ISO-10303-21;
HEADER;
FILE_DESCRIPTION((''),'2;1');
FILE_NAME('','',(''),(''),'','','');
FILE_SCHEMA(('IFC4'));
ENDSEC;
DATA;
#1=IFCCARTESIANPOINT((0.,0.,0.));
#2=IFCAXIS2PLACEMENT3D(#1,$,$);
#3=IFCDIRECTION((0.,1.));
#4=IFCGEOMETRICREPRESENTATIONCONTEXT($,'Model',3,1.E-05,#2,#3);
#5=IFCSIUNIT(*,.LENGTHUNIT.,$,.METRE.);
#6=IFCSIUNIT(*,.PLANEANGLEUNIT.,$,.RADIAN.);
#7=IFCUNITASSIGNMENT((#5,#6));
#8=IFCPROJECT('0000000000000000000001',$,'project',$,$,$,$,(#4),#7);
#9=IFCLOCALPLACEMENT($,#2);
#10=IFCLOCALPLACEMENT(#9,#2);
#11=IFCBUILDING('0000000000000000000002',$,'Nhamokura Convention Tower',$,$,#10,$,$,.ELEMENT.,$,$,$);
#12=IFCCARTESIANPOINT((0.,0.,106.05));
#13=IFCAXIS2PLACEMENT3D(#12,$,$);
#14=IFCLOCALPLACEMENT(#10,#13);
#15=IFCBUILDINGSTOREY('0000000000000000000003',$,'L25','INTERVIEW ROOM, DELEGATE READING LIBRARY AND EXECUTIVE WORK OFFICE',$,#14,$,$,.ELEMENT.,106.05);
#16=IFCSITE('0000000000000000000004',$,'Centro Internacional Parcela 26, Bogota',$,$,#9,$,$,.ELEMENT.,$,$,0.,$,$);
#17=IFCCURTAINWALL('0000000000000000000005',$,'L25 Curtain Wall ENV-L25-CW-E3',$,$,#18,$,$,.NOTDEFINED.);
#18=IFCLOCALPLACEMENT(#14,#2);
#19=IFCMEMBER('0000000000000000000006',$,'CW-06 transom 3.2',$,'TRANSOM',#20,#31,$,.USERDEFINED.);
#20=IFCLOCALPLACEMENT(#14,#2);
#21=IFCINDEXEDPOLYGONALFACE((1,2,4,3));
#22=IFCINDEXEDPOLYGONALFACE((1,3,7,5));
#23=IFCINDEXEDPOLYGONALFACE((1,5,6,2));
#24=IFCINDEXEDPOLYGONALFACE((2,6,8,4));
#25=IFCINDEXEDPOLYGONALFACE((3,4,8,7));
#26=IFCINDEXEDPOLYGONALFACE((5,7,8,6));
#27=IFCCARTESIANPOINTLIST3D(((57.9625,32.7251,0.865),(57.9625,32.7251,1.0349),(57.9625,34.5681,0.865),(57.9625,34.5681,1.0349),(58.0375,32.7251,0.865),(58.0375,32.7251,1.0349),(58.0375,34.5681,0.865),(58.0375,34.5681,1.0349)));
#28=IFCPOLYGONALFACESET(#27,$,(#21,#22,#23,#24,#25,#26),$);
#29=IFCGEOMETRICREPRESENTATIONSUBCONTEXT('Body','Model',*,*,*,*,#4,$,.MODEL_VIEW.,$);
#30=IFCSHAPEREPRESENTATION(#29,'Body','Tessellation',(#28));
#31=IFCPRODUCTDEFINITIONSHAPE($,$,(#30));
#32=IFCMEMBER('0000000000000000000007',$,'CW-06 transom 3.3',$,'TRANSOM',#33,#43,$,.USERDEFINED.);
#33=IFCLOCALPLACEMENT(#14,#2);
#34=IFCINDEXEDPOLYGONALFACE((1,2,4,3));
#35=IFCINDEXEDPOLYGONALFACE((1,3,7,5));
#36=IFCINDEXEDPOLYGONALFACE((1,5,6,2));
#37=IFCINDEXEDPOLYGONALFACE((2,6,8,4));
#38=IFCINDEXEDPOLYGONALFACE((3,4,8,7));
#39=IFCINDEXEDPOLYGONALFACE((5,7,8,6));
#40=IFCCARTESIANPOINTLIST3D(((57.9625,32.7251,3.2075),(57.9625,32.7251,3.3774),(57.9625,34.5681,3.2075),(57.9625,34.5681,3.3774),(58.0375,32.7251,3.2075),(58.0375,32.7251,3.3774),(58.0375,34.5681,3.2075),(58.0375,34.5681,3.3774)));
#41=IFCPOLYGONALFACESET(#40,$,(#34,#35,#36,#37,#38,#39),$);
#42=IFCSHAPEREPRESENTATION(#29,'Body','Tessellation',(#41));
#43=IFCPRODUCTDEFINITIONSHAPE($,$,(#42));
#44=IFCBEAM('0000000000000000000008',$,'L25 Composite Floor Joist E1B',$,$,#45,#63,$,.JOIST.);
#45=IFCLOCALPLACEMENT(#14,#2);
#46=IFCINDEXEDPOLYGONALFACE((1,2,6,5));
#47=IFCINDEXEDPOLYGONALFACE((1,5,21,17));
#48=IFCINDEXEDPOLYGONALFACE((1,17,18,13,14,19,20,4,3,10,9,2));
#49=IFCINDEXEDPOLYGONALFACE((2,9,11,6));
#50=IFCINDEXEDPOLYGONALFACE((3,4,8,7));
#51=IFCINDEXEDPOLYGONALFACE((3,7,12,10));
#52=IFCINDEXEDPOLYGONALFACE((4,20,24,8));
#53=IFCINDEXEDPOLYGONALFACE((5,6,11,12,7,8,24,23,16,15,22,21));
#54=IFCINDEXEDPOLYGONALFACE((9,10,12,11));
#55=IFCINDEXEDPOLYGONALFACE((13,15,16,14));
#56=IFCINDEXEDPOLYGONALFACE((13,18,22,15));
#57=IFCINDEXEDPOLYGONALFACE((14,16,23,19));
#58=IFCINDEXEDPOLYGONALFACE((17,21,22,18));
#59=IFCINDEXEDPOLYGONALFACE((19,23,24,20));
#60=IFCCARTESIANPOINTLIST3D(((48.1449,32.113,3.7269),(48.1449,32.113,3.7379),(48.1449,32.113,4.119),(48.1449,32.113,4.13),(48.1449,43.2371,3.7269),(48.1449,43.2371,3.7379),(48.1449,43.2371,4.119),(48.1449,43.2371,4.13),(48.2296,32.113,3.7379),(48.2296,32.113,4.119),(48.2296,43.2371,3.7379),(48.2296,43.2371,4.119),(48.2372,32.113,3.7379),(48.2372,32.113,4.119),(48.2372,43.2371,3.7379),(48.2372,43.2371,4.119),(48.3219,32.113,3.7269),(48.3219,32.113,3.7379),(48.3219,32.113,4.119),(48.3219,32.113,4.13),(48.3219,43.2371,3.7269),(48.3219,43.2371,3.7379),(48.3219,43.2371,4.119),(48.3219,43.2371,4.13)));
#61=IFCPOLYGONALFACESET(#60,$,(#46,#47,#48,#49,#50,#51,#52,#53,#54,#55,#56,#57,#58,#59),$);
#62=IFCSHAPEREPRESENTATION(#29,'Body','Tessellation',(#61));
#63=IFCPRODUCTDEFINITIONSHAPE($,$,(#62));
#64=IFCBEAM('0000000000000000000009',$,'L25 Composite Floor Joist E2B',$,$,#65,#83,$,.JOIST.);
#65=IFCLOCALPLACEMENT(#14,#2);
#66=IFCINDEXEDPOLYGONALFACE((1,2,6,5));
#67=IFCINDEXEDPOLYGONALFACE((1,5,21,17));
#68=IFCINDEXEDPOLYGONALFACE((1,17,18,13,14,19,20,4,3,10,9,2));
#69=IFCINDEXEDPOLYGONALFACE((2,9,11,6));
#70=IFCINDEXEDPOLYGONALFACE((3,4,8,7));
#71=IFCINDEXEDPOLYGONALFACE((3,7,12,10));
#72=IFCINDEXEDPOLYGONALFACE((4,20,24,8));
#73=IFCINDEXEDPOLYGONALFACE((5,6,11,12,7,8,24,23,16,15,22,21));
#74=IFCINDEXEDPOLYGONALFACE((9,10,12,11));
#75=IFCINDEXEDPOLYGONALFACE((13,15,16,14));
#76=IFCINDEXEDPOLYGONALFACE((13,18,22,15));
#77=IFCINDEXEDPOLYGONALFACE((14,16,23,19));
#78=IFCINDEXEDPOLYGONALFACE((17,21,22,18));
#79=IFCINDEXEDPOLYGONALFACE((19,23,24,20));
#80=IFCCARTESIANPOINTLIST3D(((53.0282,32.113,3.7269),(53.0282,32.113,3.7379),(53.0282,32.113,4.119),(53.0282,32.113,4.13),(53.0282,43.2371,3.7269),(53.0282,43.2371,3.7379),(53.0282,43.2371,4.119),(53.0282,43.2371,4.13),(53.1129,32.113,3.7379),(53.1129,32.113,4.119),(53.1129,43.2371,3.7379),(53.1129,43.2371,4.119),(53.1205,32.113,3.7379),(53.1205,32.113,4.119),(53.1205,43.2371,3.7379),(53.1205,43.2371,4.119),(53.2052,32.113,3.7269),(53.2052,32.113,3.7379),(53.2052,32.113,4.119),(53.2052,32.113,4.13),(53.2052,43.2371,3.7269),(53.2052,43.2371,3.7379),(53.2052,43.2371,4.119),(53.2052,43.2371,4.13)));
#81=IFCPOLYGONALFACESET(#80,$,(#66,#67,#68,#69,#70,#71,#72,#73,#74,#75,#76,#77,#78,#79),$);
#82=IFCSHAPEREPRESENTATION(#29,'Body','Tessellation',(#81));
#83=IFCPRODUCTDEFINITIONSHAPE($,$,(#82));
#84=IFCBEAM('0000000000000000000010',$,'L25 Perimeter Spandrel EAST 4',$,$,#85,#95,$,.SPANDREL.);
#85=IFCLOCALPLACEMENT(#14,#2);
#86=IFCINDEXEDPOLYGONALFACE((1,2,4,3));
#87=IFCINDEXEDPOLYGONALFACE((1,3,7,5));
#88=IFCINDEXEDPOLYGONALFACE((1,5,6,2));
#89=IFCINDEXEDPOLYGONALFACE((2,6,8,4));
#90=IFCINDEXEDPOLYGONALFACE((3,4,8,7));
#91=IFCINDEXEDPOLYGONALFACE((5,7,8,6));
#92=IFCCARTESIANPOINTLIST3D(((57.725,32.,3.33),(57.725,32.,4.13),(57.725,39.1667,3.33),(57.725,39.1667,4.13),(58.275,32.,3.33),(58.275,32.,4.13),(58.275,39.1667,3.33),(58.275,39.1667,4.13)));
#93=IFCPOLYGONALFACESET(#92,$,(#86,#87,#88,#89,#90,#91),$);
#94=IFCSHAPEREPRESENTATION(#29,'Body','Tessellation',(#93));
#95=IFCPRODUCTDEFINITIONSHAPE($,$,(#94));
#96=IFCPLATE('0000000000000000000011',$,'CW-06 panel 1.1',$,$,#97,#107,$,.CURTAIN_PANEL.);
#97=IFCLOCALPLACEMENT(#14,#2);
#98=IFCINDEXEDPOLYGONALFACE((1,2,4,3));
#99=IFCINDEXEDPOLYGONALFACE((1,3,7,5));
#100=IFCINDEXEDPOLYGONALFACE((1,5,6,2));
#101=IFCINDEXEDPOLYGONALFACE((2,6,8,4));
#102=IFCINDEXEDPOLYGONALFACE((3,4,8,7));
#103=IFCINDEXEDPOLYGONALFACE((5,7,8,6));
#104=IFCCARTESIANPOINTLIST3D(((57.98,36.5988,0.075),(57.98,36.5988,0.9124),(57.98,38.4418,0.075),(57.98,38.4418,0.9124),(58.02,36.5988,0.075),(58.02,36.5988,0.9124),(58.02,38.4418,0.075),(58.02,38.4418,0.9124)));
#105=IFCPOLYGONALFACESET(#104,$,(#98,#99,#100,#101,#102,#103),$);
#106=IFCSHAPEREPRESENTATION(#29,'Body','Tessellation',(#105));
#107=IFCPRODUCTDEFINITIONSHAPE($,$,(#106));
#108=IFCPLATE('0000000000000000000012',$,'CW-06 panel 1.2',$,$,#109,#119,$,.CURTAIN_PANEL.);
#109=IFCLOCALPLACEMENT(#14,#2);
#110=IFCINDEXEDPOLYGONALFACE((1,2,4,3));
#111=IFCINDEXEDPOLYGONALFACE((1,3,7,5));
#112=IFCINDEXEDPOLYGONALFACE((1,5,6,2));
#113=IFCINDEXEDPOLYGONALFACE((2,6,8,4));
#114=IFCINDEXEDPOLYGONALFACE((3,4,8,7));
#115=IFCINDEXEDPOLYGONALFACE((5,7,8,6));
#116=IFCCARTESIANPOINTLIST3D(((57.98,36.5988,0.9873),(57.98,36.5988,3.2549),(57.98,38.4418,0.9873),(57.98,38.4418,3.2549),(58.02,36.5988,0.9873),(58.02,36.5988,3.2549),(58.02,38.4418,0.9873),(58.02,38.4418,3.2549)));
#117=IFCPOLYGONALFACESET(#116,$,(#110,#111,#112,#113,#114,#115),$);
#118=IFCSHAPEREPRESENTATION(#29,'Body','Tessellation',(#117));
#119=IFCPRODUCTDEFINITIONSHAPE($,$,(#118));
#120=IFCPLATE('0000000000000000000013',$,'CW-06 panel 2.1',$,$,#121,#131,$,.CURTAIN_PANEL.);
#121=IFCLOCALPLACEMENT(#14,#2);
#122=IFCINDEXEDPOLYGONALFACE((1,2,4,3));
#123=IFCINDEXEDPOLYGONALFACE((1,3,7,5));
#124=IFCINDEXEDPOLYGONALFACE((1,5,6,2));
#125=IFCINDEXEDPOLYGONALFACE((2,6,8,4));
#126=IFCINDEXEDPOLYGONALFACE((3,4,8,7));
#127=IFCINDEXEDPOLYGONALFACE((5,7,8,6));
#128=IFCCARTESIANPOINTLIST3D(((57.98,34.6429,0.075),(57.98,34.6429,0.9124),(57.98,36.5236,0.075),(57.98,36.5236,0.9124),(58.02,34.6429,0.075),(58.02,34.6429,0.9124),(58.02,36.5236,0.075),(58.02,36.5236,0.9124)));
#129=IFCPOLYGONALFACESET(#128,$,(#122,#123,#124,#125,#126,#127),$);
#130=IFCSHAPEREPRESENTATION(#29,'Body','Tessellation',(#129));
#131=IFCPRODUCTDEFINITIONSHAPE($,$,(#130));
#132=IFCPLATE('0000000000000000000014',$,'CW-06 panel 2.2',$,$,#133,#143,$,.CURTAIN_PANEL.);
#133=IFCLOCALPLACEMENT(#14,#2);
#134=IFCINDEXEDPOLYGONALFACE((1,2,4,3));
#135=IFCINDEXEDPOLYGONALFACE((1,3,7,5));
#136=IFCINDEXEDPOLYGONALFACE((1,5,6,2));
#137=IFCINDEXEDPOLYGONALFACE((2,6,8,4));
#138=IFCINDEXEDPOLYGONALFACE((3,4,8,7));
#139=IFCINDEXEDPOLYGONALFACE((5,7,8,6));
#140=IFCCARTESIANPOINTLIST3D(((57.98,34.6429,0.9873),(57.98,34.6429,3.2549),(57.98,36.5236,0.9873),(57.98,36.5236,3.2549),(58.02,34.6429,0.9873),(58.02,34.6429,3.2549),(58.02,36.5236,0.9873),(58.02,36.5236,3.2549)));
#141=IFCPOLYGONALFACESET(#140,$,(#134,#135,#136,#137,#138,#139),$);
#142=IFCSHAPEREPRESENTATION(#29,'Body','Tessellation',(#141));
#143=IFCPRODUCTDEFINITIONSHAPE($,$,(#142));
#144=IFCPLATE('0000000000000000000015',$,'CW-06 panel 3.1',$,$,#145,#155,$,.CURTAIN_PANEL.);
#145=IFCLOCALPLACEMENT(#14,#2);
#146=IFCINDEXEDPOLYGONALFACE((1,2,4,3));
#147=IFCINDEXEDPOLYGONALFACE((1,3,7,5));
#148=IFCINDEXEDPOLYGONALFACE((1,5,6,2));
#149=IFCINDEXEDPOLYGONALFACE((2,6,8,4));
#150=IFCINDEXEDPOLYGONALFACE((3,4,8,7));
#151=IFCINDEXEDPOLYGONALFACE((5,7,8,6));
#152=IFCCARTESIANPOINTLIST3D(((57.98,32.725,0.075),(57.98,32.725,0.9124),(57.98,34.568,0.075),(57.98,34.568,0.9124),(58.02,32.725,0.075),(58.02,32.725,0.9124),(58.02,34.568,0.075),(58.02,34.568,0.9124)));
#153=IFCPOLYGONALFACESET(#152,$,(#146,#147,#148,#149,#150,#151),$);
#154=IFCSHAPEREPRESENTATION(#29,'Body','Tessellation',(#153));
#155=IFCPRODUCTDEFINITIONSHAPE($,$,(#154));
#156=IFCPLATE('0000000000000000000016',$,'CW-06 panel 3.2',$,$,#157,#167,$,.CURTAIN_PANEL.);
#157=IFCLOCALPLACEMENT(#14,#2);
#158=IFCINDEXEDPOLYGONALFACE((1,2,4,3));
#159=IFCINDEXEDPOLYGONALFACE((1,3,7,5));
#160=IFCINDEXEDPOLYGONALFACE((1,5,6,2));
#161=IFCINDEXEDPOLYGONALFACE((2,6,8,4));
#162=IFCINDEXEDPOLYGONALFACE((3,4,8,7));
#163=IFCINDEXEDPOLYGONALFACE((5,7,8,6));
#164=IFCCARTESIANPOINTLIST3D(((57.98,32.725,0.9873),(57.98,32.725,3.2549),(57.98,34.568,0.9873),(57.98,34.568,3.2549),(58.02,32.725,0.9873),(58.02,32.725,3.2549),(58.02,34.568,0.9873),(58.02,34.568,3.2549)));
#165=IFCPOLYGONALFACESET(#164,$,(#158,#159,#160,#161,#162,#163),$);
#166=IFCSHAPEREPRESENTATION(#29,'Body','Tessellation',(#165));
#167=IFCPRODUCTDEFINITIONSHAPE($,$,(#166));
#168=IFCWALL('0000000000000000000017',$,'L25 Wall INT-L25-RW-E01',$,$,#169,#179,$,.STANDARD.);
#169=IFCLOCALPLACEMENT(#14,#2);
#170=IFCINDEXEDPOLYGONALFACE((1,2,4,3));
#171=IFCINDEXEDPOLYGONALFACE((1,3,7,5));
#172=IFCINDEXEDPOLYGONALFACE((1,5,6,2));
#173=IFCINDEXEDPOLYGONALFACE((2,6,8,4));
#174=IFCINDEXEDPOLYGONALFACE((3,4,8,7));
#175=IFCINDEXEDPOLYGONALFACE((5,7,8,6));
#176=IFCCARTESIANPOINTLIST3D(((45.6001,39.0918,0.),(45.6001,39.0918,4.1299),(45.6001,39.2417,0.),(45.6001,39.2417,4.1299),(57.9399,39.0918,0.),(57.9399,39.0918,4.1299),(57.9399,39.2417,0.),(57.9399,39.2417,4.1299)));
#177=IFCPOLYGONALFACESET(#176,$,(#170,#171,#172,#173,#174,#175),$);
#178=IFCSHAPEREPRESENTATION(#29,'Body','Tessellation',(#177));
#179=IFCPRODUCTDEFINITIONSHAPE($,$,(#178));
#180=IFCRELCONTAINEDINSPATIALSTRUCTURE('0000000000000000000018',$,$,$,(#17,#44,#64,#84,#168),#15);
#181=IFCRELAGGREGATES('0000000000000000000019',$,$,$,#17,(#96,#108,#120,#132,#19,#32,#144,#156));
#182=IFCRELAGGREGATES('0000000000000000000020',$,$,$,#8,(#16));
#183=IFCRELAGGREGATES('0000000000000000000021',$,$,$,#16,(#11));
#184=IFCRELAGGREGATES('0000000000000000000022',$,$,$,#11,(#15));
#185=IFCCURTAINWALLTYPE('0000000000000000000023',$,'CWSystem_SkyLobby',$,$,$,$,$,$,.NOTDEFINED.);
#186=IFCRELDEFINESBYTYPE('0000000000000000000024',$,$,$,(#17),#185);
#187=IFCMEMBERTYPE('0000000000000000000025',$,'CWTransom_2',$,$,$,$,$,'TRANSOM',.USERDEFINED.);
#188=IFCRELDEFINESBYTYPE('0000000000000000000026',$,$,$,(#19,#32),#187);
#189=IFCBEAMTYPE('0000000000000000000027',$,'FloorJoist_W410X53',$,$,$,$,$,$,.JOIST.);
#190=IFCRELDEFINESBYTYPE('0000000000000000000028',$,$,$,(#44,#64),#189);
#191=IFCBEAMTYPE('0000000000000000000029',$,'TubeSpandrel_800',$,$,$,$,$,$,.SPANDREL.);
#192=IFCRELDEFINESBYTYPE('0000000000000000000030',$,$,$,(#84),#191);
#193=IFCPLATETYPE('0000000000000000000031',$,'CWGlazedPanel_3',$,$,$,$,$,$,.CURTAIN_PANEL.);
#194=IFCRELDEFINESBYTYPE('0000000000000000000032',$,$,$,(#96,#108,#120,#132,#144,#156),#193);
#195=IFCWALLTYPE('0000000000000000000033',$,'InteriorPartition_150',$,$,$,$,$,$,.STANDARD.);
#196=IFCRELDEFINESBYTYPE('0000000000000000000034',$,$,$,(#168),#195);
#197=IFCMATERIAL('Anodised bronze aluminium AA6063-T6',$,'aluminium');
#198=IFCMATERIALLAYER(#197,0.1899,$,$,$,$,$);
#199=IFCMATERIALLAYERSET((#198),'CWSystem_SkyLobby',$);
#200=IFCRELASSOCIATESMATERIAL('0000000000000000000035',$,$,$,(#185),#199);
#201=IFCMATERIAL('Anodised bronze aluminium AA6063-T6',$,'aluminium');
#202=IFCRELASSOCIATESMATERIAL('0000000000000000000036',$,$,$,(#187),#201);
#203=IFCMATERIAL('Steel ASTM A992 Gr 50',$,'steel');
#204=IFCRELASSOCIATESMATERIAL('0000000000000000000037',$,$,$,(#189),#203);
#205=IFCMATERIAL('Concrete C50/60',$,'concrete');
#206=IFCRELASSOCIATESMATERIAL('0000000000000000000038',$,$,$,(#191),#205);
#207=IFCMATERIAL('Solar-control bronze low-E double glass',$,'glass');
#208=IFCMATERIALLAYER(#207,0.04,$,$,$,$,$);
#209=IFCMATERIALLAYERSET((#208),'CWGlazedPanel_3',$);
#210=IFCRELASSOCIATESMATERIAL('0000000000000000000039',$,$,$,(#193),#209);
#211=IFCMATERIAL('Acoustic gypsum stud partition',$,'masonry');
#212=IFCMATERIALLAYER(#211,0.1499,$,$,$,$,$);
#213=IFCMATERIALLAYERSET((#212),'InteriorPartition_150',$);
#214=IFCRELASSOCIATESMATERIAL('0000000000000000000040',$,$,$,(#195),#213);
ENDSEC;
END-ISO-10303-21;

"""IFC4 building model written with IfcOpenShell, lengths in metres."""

from ifc_helpers import new_model, si_unit, direction, frame, frame_2d, origin, origin_2d, place, context, subcontext, project, spatial, rectangle, i_section, extrude, material, layer, layer_set, material_profile, profile_set, type_object, element, aggregate, save


model = new_model("IFC4")

# Units and contexts
model_context = context("Model", 3, precision=1e-05, world=origin(), true_north=direction((0.0, 1.0)))
body_context = subcontext(model_context, "Body", "Model", "MODEL_VIEW")
ifc_project = project(units=[si_unit("LENGTHUNIT", "METRE"), si_unit("PLANEANGLEUNIT", "RADIAN")], contexts=[model_context])

# Site, building, storey
site_placement = place(None, origin())
site = spatial("IfcSite", under=ifc_project, at=site_placement, Name="Centro Internacional Parcela 26, Bogota", CompositionType="ELEMENT", RefElevation=0.0)
building_placement = place(site_placement, origin())
building = spatial("IfcBuilding", under=site, at=building_placement, Name="Nhamokura Convention Tower", CompositionType="ELEMENT")
storey_placement = place(building_placement, frame((0.0, 0.0, 106.05)))
storey = spatial("IfcBuildingStorey", under=building, at=storey_placement, Name="L25", Description="INTERVIEW ROOM, DELEGATE READING LIBRARY AND EXECUTIVE WORK OFFICE", CompositionType="ELEMENT", Elevation=106.05)

# Shared definitions
ifc_material_1 = material(Name="Anodised bronze aluminium AA6063-T6", Category="aluminium")
ifc_layer_1 = layer(ifc_material_1, 0.1899)
ifc_layer_set_1 = layer_set([ifc_layer_1], Name="CWSystem_SkyLobby")
curtain_wall_type = type_object("IfcCurtainWallType", Name="CWSystem_SkyLobby", PredefinedType="NOTDEFINED", material=ifc_layer_set_1)

# Curtain wall
curtain_wall_1_placement = place(storey_placement, origin())
curtain_wall_1 = element("IfcCurtainWall", 1, at=curtain_wall_1_placement, inside=storey, type_object=curtain_wall_type, Name="L25 Curtain Wall ENV-L25-CW-E3", PredefinedType="NOTDEFINED")

# Members
ifc_material_2 = material(Name="Anodised bronze aluminium AA6063-T6", Category="aluminium")
ifc_material_profile_1 = material_profile(ifc_material_2, rectangle(XDim=0.075, YDim=0.1699, at=origin_2d()))
ifc_profile_set_1 = profile_set([ifc_material_profile_1], Name="Anodised bronze aluminium AA6063-T6")
member_type_1 = type_object("IfcMemberType", Name="CWTransom_2", ElementType="TRANSOM", PredefinedType="USERDEFINED", material=ifc_profile_set_1)
member_1_placement = place(storey_placement, frame((58.0, 34.5681, 0.95), z_axis=(0.0, -1.0, 0.0), x_axis=(1.0, 0.0, 0.0)))
member_1 = element("IfcMember", 2, at=member_1_placement, type_object=member_type_1, Name="CW-06 transom 3.2", ObjectType="TRANSOM", PredefinedType="USERDEFINED", context=body_context, shape_type="SweptSolid", body=[
    extrude(rectangle(XDim=0.075, YDim=0.1699, at=origin_2d()), origin(), (0.0, 0.0, 1.0), 1.843),
])
member_2_placement = place(storey_placement, frame((58.0, 34.5681, 3.2925), z_axis=(0.0, -1.0, 0.0), x_axis=(1.0, 0.0, 0.0)))
member_2 = element("IfcMember", 3, at=member_2_placement, type_object=member_type_1, Name="CW-06 transom 3.3", ObjectType="TRANSOM", PredefinedType="USERDEFINED", context=body_context, shape_type="SweptSolid", body=[
    extrude(rectangle(XDim=0.075, YDim=0.1699, at=origin_2d()), origin(), (0.0, 0.0, 1.0), 1.843),
])

# Beams
ifc_material_3 = material(Name="Steel ASTM A992 Gr 50", Category="steel")
ifc_material_profile_2 = material_profile(ifc_material_3, i_section(OverallWidth=0.177, OverallDepth=0.4031, WebThickness=0.0076, FlangeThickness=0.011, at=origin_2d()))
ifc_profile_set_2 = profile_set([ifc_material_profile_2], Name="Steel ASTM A992 Gr 50")
beam_type_1 = type_object("IfcBeamType", Name="FloorJoist_W410X53", PredefinedType="JOIST", material=ifc_profile_set_2)
for number, where, z_axis, x_axis, name in (
    (4, (48.2334, 32.113, 3.9285), (0.0, 1.0, 0.0), (-1.0, 0.0, 0.0), "L25 Composite Floor Joist E1B"),
    (5, (53.1167, 32.113, 3.9285), (0.0, 1.0, 0.0), (-1.0, 0.0, 0.0), "L25 Composite Floor Joist E2B"),
):
    element("IfcBeam", number, at=place(storey_placement, frame(where, z_axis=z_axis, x_axis=x_axis)), inside=storey, type_object=beam_type_1, Name=name, PredefinedType="JOIST", context=body_context, shape_type="SweptSolid", body=[
        extrude(i_section(OverallWidth=0.177, OverallDepth=0.4031, WebThickness=0.0076, FlangeThickness=0.011, at=origin_2d()), origin(), (0.0, 0.0, 1.0), 11.124),
    ])
ifc_material_4 = material(Name="Concrete C50/60", Category="concrete")
ifc_material_profile_3 = material_profile(ifc_material_4, rectangle(XDim=0.55, YDim=0.8, at=origin_2d()))
ifc_profile_set_3 = profile_set([ifc_material_profile_3], Name="Concrete C50/60")
beam_type_2 = type_object("IfcBeamType", Name="TubeSpandrel_800", PredefinedType="SPANDREL", material=ifc_profile_set_3)
beam_placement = place(storey_placement, frame((58.0, 32.0, 3.73), z_axis=(0.0, 1.0, 0.0), x_axis=(-1.0, 0.0, 0.0)))
element("IfcBeam", 6, at=beam_placement, inside=storey, type_object=beam_type_2, Name="L25 Perimeter Spandrel EAST 4", PredefinedType="SPANDREL", context=body_context, shape_type="SweptSolid", body=[
    extrude(rectangle(XDim=0.55, YDim=0.8, at=origin_2d()), origin(), (0.0, 0.0, 1.0), 7.1667),
])

# Plates
ifc_material_5 = material(Name="Solar-control bronze low-E double glass", Category="glass")
ifc_layer_2 = layer(ifc_material_5, 0.04)
ifc_layer_set_2 = layer_set([ifc_layer_2], Name="CWGlazedPanel_3")
plate_type = type_object("IfcPlateType", Name="CWGlazedPanel_3", PredefinedType="CURTAIN_PANEL", material=ifc_layer_set_2)
plate_1_placement = place(storey_placement, frame((58.0, 37.5203, 0.075), z_axis=(0.0, 0.0, 1.0), x_axis=(0.0, -1.0, 0.0)))
plate_1 = element("IfcPlate", 7, at=plate_1_placement, type_object=plate_type, Name="CW-06 panel 1.1", PredefinedType="CURTAIN_PANEL", context=body_context, shape_type="SweptSolid", body=[
    extrude(rectangle(XDim=1.843, YDim=0.04, at=origin_2d()), origin(), (0.0, 0.0, 1.0), 0.8374),
])
plate_2_placement = place(storey_placement, frame((58.0, 37.5203, 0.9873), z_axis=(0.0, 0.0, 1.0), x_axis=(0.0, -1.0, 0.0)))
plate_2 = element("IfcPlate", 8, at=plate_2_placement, type_object=plate_type, Name="CW-06 panel 1.2", PredefinedType="CURTAIN_PANEL", context=body_context, shape_type="SweptSolid", body=[
    extrude(rectangle(XDim=1.843, YDim=0.04, at=origin_2d()), origin(), (0.0, 0.0, 1.0), 2.2676),
])
plate_3_placement = place(storey_placement, frame((58.0, 35.5833, 0.075), z_axis=(0.0, 0.0, 1.0), x_axis=(0.0, -1.0, 0.0)))
plate_3 = element("IfcPlate", 9, at=plate_3_placement, type_object=plate_type, Name="CW-06 panel 2.1", PredefinedType="CURTAIN_PANEL", context=body_context, shape_type="SweptSolid", body=[
    extrude(rectangle(XDim=1.8806, YDim=0.04, at=origin_2d()), origin(), (0.0, 0.0, 1.0), 0.8374),
])
plate_4_placement = place(storey_placement, frame((58.0, 35.5833, 0.9873), z_axis=(0.0, 0.0, 1.0), x_axis=(0.0, -1.0, 0.0)))
plate_4 = element("IfcPlate", 10, at=plate_4_placement, type_object=plate_type, Name="CW-06 panel 2.2", PredefinedType="CURTAIN_PANEL", context=body_context, shape_type="SweptSolid", body=[
    extrude(rectangle(XDim=1.8806, YDim=0.04, at=origin_2d()), origin(), (0.0, 0.0, 1.0), 2.2676),
])
plate_5_placement = place(storey_placement, frame((58.0, 33.6465, 0.075), z_axis=(0.0, 0.0, 1.0), x_axis=(0.0, -1.0, 0.0)))
plate_5 = element("IfcPlate", 11, at=plate_5_placement, type_object=plate_type, Name="CW-06 panel 3.1", PredefinedType="CURTAIN_PANEL", context=body_context, shape_type="SweptSolid", body=[
    extrude(rectangle(XDim=1.843, YDim=0.04, at=origin_2d()), origin(), (0.0, 0.0, 1.0), 0.8374),
])
plate_6_placement = place(storey_placement, frame((58.0, 33.6465, 0.9873), z_axis=(0.0, 0.0, 1.0), x_axis=(0.0, -1.0, 0.0)))
plate_6 = element("IfcPlate", 12, at=plate_6_placement, type_object=plate_type, Name="CW-06 panel 3.2", PredefinedType="CURTAIN_PANEL", context=body_context, shape_type="SweptSolid", body=[
    extrude(rectangle(XDim=1.843, YDim=0.04, at=origin_2d()), origin(), (0.0, 0.0, 1.0), 2.2676),
])
aggregate(curtain_wall_1, [plate_1, plate_2, plate_3, plate_4, member_1, member_2, plate_5, plate_6])

# Wall
ifc_material_6 = material(Name="Acoustic gypsum stud partition", Category="masonry")
ifc_layer_3 = layer(ifc_material_6, 0.1499)
ifc_layer_set_3 = layer_set([ifc_layer_3], Name="InteriorPartition_150")
wall_type = type_object("IfcWallType", Name="InteriorPartition_150", PredefinedType="STANDARD", material=ifc_layer_set_3)
wall_placement = place(storey_placement, frame((45.6001, 39.1667, 0.0), z_axis=(0.0, 0.0, 1.0), x_axis=(1.0, 0.0, 0.0)))
element("IfcWall", 13, at=wall_placement, inside=storey, type_object=wall_type, Name="L25 Wall INT-L25-RW-E01", PredefinedType="STANDARD", context=body_context, shape_type="SweptSolid", body=[
    extrude(rectangle(XDim=12.3398, YDim=0.1499, at=frame_2d((6.1699, 0.0))), origin(), (0.0, 0.0, 1.0), 4.1299),
])

save(model, "model.ifc")
